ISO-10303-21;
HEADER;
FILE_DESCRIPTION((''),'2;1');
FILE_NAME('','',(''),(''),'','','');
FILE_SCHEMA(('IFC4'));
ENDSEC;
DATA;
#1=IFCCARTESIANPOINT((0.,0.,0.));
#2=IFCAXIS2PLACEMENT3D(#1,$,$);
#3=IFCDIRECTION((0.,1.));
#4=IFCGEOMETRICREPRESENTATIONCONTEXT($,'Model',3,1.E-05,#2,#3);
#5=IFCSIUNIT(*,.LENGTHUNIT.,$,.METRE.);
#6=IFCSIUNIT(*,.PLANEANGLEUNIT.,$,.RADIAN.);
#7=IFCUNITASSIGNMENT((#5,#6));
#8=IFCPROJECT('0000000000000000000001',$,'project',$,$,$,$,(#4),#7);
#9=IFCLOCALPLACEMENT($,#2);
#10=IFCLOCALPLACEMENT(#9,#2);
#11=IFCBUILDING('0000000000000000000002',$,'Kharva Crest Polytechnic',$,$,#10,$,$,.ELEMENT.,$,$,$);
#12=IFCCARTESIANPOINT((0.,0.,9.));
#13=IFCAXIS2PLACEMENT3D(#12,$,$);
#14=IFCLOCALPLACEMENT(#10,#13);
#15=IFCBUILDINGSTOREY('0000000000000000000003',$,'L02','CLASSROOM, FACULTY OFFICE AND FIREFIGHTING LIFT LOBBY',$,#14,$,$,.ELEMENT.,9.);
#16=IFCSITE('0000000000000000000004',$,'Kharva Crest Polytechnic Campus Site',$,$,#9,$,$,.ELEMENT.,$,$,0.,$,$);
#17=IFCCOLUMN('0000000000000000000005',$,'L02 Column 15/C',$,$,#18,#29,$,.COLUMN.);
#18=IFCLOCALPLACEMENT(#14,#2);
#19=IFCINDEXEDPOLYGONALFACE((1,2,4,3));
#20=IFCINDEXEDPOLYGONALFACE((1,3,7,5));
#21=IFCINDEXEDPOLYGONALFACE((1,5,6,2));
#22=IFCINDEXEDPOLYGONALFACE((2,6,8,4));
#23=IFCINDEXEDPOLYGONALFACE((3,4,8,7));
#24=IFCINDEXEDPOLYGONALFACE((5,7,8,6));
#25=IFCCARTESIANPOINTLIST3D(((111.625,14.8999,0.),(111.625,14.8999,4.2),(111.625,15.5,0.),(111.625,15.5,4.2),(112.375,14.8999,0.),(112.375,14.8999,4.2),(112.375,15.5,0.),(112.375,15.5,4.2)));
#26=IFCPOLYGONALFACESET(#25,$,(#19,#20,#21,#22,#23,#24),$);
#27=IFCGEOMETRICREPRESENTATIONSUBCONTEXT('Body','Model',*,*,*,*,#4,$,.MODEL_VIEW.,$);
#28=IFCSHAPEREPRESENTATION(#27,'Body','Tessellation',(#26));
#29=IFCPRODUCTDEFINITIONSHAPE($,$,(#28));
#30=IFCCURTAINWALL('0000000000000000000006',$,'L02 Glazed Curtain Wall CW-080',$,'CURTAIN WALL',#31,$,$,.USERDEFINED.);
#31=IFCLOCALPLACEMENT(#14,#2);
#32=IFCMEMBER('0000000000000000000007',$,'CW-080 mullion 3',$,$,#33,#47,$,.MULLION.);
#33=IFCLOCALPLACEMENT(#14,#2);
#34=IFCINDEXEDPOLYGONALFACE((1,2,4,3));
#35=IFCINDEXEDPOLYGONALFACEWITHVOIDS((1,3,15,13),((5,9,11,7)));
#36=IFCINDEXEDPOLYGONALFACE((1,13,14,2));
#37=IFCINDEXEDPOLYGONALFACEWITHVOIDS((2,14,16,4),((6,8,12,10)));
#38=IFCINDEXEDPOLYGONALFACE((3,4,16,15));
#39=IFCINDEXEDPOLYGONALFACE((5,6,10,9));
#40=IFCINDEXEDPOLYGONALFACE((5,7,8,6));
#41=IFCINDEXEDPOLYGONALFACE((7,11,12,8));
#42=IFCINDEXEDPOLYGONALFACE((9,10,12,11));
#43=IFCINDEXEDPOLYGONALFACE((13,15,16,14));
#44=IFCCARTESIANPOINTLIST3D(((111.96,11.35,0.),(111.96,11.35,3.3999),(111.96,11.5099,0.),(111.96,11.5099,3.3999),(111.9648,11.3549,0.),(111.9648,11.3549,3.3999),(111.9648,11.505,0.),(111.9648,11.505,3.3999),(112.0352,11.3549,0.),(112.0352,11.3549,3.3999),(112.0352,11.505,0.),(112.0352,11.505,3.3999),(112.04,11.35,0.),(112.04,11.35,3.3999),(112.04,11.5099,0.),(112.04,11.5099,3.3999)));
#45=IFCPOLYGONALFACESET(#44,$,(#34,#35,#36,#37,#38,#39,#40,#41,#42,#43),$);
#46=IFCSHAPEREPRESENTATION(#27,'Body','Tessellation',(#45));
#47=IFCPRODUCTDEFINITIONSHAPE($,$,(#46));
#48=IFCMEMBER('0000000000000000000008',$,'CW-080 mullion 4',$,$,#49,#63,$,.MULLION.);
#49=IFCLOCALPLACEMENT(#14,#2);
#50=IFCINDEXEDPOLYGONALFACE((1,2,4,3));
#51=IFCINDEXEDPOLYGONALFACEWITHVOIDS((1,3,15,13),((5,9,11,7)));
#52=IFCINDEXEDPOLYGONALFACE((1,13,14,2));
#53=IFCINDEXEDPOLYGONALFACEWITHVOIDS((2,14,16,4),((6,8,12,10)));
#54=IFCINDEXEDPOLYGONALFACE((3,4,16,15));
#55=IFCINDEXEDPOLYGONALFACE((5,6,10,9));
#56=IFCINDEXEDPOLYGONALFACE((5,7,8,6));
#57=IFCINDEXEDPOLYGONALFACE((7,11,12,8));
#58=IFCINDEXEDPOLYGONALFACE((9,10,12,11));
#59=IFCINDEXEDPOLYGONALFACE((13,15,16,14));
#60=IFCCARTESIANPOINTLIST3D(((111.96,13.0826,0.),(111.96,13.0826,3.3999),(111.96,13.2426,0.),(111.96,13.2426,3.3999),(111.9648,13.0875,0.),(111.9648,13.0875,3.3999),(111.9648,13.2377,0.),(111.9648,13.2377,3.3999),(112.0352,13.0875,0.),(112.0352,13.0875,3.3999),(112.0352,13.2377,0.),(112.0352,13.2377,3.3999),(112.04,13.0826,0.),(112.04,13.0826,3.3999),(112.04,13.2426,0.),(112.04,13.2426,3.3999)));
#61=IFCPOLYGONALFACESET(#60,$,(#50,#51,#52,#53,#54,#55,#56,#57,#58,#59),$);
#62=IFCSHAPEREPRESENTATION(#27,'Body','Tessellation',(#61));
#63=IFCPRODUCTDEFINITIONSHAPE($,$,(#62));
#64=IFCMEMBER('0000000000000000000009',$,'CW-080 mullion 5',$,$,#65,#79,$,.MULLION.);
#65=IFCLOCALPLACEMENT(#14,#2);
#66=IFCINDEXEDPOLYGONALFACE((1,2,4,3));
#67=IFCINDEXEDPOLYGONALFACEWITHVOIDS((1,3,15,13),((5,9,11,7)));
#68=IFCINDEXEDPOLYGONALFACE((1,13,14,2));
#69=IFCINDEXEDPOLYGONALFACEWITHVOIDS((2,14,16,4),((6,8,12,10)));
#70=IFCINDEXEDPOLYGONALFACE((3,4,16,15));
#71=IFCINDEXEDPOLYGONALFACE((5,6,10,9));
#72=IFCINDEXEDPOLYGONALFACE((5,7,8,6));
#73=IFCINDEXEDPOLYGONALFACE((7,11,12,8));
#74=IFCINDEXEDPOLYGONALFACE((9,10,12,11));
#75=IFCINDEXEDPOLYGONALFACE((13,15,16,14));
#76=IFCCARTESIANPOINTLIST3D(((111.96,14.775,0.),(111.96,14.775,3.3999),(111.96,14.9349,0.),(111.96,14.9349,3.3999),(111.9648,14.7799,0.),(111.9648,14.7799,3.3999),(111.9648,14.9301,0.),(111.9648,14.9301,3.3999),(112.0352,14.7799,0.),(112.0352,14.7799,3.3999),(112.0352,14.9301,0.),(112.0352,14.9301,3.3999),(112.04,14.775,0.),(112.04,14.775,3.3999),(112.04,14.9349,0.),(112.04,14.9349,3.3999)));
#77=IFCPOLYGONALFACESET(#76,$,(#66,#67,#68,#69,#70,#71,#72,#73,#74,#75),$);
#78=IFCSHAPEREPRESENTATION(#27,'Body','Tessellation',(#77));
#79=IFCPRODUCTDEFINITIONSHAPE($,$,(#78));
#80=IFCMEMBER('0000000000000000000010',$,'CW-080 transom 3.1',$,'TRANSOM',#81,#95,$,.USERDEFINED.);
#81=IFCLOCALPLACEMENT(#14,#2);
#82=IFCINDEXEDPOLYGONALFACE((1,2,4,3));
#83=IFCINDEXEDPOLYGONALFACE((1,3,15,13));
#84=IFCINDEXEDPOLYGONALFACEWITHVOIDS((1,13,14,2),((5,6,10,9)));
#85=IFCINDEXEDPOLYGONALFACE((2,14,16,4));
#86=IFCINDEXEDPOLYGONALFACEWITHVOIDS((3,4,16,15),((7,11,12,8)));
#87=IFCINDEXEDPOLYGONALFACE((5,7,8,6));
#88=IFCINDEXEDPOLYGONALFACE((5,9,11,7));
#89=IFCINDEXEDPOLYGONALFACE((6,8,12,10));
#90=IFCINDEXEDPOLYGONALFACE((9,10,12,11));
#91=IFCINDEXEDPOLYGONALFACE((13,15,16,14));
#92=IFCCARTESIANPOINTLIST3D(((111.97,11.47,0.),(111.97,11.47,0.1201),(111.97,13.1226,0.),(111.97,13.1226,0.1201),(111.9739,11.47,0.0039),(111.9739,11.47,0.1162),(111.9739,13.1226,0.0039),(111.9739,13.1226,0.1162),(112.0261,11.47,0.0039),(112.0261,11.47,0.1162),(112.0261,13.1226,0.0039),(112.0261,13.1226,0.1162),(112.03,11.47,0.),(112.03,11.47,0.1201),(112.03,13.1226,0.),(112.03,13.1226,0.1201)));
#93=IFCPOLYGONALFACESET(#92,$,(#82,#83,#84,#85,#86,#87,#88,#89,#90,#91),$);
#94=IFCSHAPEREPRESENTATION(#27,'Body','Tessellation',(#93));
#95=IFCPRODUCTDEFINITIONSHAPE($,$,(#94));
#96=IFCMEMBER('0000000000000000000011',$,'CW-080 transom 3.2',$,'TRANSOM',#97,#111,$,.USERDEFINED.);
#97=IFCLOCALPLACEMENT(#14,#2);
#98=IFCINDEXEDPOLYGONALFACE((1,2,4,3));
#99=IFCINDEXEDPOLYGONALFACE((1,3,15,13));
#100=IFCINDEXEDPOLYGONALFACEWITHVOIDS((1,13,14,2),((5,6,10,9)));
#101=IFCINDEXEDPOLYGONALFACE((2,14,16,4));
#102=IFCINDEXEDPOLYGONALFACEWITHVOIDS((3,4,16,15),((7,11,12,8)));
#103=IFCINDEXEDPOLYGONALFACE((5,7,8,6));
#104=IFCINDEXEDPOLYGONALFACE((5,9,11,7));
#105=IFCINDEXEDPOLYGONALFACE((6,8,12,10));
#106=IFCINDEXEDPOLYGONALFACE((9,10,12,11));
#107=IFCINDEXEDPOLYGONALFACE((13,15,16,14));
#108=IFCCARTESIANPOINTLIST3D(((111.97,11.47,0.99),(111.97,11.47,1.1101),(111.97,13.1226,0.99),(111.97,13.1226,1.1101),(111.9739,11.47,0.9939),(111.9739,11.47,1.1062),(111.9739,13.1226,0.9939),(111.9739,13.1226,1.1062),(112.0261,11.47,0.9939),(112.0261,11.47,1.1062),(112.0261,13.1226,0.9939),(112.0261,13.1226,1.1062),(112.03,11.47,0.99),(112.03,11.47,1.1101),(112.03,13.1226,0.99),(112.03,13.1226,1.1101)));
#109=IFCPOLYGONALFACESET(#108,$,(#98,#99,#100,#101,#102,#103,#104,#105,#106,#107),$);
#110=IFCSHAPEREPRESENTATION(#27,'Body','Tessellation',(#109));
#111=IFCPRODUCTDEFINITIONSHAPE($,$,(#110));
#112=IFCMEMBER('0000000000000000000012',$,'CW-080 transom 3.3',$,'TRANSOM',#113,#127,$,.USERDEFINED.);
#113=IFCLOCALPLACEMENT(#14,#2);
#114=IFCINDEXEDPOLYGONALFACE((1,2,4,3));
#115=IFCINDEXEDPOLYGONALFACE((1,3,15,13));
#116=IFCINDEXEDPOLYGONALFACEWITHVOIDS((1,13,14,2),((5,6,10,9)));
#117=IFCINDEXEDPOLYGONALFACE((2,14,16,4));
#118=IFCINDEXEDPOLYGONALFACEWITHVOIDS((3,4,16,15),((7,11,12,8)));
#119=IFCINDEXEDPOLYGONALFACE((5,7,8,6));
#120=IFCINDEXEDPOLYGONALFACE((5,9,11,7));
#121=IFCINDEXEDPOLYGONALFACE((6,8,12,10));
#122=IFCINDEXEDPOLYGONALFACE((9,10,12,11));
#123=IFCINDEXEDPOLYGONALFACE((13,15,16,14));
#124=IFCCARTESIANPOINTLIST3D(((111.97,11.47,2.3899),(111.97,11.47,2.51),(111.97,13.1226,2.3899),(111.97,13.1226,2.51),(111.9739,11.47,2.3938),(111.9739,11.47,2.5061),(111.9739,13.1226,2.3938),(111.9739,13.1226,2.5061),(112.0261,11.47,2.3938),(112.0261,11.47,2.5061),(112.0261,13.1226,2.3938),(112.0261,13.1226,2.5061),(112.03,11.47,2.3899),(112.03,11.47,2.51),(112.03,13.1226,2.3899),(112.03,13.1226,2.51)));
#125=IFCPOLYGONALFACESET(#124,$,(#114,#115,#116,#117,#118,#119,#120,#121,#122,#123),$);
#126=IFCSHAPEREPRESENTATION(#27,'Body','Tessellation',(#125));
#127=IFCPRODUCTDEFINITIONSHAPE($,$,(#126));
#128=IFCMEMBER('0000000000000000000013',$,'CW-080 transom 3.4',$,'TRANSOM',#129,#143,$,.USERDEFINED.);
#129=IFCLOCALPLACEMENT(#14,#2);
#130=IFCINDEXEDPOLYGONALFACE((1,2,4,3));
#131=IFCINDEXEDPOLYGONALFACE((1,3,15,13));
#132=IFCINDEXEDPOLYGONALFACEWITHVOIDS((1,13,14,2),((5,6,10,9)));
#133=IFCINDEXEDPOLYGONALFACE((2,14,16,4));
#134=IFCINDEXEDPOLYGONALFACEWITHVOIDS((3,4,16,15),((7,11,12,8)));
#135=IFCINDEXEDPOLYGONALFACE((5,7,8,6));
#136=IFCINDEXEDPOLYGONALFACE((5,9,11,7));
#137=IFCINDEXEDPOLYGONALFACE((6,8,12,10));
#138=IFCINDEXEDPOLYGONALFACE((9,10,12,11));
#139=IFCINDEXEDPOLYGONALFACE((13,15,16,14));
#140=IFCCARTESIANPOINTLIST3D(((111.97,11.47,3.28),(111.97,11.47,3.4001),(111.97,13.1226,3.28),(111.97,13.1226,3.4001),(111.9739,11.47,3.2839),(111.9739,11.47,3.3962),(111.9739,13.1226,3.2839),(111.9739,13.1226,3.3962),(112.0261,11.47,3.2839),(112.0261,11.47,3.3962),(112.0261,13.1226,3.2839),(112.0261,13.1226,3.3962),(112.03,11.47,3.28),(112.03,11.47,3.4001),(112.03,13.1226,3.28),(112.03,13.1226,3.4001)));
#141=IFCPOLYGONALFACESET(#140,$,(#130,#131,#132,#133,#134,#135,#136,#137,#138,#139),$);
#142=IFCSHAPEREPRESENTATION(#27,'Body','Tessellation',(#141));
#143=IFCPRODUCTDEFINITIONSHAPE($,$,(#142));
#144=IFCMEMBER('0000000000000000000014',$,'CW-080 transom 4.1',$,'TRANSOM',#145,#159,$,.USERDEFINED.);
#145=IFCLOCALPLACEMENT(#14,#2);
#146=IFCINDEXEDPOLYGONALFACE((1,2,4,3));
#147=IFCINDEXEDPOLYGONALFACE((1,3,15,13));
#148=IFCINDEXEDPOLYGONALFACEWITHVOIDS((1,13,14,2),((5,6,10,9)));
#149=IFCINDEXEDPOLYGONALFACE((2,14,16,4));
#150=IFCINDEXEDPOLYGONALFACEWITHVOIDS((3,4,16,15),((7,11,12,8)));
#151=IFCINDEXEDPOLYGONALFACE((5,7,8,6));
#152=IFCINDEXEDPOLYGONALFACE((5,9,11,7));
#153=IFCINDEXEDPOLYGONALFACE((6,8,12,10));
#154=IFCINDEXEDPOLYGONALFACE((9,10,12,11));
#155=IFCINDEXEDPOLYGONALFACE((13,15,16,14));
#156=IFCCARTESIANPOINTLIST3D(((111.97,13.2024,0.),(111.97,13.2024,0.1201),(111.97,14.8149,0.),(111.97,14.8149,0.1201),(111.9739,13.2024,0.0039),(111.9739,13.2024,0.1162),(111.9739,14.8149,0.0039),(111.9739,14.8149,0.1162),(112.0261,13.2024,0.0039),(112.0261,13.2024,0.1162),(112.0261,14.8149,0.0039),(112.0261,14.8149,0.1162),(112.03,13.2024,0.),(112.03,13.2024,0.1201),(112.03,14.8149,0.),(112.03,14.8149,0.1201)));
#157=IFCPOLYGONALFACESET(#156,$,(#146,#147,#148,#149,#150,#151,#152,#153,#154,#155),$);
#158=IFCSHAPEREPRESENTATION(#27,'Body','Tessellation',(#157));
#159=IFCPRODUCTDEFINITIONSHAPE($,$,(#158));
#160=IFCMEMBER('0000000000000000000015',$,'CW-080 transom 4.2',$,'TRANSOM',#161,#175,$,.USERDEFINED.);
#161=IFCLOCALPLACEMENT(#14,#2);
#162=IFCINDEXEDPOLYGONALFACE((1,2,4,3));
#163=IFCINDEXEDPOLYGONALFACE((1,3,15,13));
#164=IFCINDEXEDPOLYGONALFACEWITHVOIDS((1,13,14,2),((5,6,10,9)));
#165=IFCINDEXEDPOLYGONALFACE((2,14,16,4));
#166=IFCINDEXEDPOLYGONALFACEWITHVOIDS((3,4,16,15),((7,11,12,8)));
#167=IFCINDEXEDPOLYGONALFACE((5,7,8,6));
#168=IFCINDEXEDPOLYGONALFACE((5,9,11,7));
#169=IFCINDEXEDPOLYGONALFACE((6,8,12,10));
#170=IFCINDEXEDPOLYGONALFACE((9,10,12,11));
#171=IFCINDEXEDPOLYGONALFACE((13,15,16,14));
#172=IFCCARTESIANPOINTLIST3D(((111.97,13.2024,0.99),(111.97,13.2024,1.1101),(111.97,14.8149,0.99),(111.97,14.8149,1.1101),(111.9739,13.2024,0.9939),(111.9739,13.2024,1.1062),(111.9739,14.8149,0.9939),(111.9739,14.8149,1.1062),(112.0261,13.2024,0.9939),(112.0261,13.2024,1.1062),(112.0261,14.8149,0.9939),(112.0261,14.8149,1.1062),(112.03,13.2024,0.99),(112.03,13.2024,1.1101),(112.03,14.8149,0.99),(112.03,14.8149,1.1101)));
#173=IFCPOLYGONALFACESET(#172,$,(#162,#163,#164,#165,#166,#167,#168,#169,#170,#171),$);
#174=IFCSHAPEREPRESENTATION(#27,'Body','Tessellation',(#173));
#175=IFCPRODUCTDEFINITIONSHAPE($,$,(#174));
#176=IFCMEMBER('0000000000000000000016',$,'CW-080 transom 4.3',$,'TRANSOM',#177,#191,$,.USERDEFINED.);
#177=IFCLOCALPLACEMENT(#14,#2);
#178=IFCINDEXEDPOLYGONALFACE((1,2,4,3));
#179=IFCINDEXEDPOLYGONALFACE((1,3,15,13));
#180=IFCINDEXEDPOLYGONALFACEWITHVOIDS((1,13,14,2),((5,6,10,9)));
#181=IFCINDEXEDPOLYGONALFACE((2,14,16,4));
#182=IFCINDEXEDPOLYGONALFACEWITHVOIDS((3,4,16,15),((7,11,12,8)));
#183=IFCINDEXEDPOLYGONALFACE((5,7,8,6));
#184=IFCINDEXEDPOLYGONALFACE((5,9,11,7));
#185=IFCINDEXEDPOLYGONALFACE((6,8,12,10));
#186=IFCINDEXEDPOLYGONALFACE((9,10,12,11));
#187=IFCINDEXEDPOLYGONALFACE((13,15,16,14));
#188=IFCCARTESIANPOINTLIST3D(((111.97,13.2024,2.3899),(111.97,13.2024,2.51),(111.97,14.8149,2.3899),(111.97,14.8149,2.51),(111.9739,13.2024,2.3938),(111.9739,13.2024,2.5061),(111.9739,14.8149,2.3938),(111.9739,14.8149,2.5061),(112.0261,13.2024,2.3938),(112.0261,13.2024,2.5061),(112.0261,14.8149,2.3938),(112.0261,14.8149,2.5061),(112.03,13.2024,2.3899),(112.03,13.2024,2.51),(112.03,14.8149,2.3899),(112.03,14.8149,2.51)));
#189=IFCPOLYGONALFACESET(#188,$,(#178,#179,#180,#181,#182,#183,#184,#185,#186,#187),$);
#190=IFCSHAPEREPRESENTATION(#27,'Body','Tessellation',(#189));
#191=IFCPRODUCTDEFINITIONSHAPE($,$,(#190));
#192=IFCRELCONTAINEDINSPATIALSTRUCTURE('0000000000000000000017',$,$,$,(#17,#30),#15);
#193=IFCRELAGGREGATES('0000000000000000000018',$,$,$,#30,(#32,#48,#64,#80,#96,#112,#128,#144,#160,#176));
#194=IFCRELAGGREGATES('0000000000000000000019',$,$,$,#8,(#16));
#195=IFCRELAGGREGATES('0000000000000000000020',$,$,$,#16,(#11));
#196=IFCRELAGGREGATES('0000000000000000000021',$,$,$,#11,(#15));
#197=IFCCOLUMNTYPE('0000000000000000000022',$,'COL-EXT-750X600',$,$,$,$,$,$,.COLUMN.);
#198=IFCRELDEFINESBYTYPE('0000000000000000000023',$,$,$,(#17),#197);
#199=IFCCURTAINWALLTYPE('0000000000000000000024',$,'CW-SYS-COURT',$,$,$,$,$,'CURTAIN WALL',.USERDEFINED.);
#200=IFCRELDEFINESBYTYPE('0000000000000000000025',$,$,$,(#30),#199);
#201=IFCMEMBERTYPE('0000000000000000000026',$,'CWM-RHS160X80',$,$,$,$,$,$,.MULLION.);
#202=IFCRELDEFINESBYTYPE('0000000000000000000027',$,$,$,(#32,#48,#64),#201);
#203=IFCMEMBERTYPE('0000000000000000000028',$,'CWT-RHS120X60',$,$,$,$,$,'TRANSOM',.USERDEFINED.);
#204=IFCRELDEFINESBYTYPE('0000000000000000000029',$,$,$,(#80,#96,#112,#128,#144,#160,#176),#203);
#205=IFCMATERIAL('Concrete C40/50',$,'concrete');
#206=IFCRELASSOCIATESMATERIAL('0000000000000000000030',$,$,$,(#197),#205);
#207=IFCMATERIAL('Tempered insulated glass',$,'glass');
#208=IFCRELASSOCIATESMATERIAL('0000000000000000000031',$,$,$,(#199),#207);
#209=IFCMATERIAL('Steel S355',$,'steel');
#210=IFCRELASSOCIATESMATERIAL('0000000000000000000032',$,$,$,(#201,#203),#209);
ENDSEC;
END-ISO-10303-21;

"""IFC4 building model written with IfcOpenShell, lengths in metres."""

from ifc_helpers import new_model, si_unit, direction, frame, origin, origin_2d, place, context, subcontext, project, spatial, rectangle, hollow_rectangle, extrude, material, material_profile, profile_set, type_object, element, aggregate, save


model = new_model("IFC4")

# Units and contexts
model_context = context("Model", 3, precision=1e-05, world=origin(), true_north=direction((0.0, 1.0)))
body_context = subcontext(model_context, "Body", "Model", "MODEL_VIEW")
ifc_project = project(units=[si_unit("LENGTHUNIT", "METRE"), si_unit("PLANEANGLEUNIT", "RADIAN")], contexts=[model_context])

# Site, building, storey
site_placement = place(None, origin())
site = spatial("IfcSite", under=ifc_project, at=site_placement, Name="Kharva Crest Polytechnic Campus Site", CompositionType="ELEMENT", RefElevation=0.0)
building_placement = place(site_placement, origin())
building = spatial("IfcBuilding", under=site, at=building_placement, Name="Kharva Crest Polytechnic", CompositionType="ELEMENT")
storey_placement = place(building_placement, frame((0.0, 0.0, 9.0)))
storey = spatial("IfcBuildingStorey", under=building, at=storey_placement, Name="L02", Description="CLASSROOM, FACULTY OFFICE AND FIREFIGHTING LIFT LOBBY", CompositionType="ELEMENT", Elevation=9.0)

# Column
ifc_material_1 = material(Name="Concrete C40/50", Category="concrete")
ifc_material_profile_1 = material_profile(ifc_material_1, rectangle(XDim=0.75, YDim=0.6001, at=origin_2d()), Name="RECT 750 X 600")
ifc_profile_set_1 = profile_set([ifc_material_profile_1], Name="Concrete C40/50")
column_type = type_object("IfcColumnType", Name="COL-EXT-750X600", PredefinedType="COLUMN", material=ifc_profile_set_1)
column_placement = place(storey_placement, frame((112.0, 15.2, 0.0), z_axis=(0.0, 0.0, 1.0), x_axis=(1.0, 0.0, 0.0)))
element("IfcColumn", 1, at=column_placement, inside=storey, type_object=column_type, Name="L02 Column 15/C", PredefinedType="COLUMN", context=body_context, shape_type="SweptSolid", body=[
    extrude(rectangle(XDim=0.75, YDim=0.6001, at=origin_2d()), origin(), (0.0, 0.0, 1.0), 4.2),
])

# Curtain wall, members
ifc_material_2 = material(Name="Tempered insulated glass", Category="glass")
curtain_wall_type = type_object("IfcCurtainWallType", Name="CW-SYS-COURT", ElementType="CURTAIN WALL", PredefinedType="USERDEFINED", material=ifc_material_2)
curtain_wall_placement = place(storey_placement, origin())
curtain_wall = element("IfcCurtainWall", 2, at=curtain_wall_placement, inside=storey, type_object=curtain_wall_type, Name="L02 Glazed Curtain Wall CW-080", ObjectType="CURTAIN WALL", PredefinedType="USERDEFINED")
ifc_material_3 = material(Name="Steel S355", Category="steel")
ifc_material_profile_2 = material_profile(ifc_material_3, hollow_rectangle(XDim=0.0801, YDim=0.1599, WallThickness=0.0049, at=origin_2d()), Name="RHS 160X80X5.0")
ifc_profile_set_2 = profile_set([ifc_material_profile_2], Name="Steel S355")
member_type_1 = type_object("IfcMemberType", Name="CWM-RHS160X80", PredefinedType="MULLION", material=ifc_profile_set_2)
member_1_placement = place(storey_placement, frame((112.0, 11.4299, 0.0), z_axis=(0.0, 0.0, 1.0), x_axis=(-1.0, 0.0, 0.0)))
member_1 = element("IfcMember", 3, at=member_1_placement, type_object=member_type_1, Name="CW-080 mullion 3", PredefinedType="MULLION", context=body_context, shape_type="SweptSolid", body=[
    extrude(hollow_rectangle(XDim=0.0801, YDim=0.1599, WallThickness=0.0049, at=origin_2d()), origin(), (0.0, 0.0, 1.0), 3.3999),
])
member_2_placement = place(storey_placement, frame((112.0, 13.1626, 0.0), z_axis=(0.0, 0.0, 1.0), x_axis=(-1.0, 0.0, 0.0)))
member_2 = element("IfcMember", 4, at=member_2_placement, type_object=member_type_1, Name="CW-080 mullion 4", PredefinedType="MULLION", context=body_context, shape_type="SweptSolid", body=[
    extrude(hollow_rectangle(XDim=0.0801, YDim=0.1599, WallThickness=0.0049, at=origin_2d()), origin(), (0.0, 0.0, 1.0), 3.3999),
])
member_3_placement = place(storey_placement, frame((112.0, 14.855, 0.0), z_axis=(0.0, 0.0, 1.0), x_axis=(-1.0, 0.0, 0.0)))
member_3 = element("IfcMember", 5, at=member_3_placement, type_object=member_type_1, Name="CW-080 mullion 5", PredefinedType="MULLION", context=body_context, shape_type="SweptSolid", body=[
    extrude(hollow_rectangle(XDim=0.0801, YDim=0.1599, WallThickness=0.0049, at=origin_2d()), origin(), (0.0, 0.0, 1.0), 3.3999),
])
ifc_material_profile_3 = material_profile(ifc_material_3, hollow_rectangle(XDim=0.0601, YDim=0.1201, WallThickness=0.0039, at=origin_2d()), Name="RHS 120X60X4.0")
ifc_profile_set_3 = profile_set([ifc_material_profile_3], Name="Steel S355")
member_type_2 = type_object("IfcMemberType", Name="CWT-RHS120X60", ElementType="TRANSOM", PredefinedType="USERDEFINED", material=ifc_profile_set_3)
member_4_placement = place(storey_placement, frame((112.0, 11.47, 0.0601), z_axis=(0.0, 1.0, 0.0), x_axis=(-1.0, 0.0, 0.0)))
member_4 = element("IfcMember", 6, at=member_4_placement, type_object=member_type_2, Name="CW-080 transom 3.1", ObjectType="TRANSOM", PredefinedType="USERDEFINED", context=body_context, shape_type="SweptSolid", body=[
    extrude(hollow_rectangle(XDim=0.0601, YDim=0.1201, WallThickness=0.0039, at=origin_2d()), origin(), (0.0, 0.0, 1.0), 1.6526),
])
member_5_placement = place(storey_placement, frame((112.0, 11.47, 1.05), z_axis=(0.0, 1.0, 0.0), x_axis=(-1.0, 0.0, 0.0)))
member_5 = element("IfcMember", 7, at=member_5_placement, type_object=member_type_2, Name="CW-080 transom 3.2", ObjectType="TRANSOM", PredefinedType="USERDEFINED", context=body_context, shape_type="SweptSolid", body=[
    extrude(hollow_rectangle(XDim=0.0601, YDim=0.1201, WallThickness=0.0039, at=origin_2d()), origin(), (0.0, 0.0, 1.0), 1.6526),
])
member_6_placement = place(storey_placement, frame((112.0, 11.47, 2.45), z_axis=(0.0, 1.0, 0.0), x_axis=(-1.0, 0.0, 0.0)))
member_6 = element("IfcMember", 8, at=member_6_placement, type_object=member_type_2, Name="CW-080 transom 3.3", ObjectType="TRANSOM", PredefinedType="USERDEFINED", context=body_context, shape_type="SweptSolid", body=[
    extrude(hollow_rectangle(XDim=0.0601, YDim=0.1201, WallThickness=0.0039, at=origin_2d()), origin(), (0.0, 0.0, 1.0), 1.6526),
])
member_7_placement = place(storey_placement, frame((112.0, 11.47, 3.3401), z_axis=(0.0, 1.0, 0.0), x_axis=(-1.0, 0.0, 0.0)))
member_7 = element("IfcMember", 9, at=member_7_placement, type_object=member_type_2, Name="CW-080 transom 3.4", ObjectType="TRANSOM", PredefinedType="USERDEFINED", context=body_context, shape_type="SweptSolid", body=[
    extrude(hollow_rectangle(XDim=0.0601, YDim=0.1201, WallThickness=0.0039, at=origin_2d()), origin(), (0.0, 0.0, 1.0), 1.6526),
])
member_8_placement = place(storey_placement, frame((112.0, 13.2024, 0.0601), z_axis=(0.0, 1.0, 0.0), x_axis=(-1.0, 0.0, 0.0)))
member_8 = element("IfcMember", 10, at=member_8_placement, type_object=member_type_2, Name="CW-080 transom 4.1", ObjectType="TRANSOM", PredefinedType="USERDEFINED", context=body_context, shape_type="SweptSolid", body=[
    extrude(hollow_rectangle(XDim=0.0601, YDim=0.1201, WallThickness=0.0039, at=origin_2d()), origin(), (0.0, 0.0, 1.0), 1.6125),
])
member_9_placement = place(storey_placement, frame((112.0, 13.2024, 1.05), z_axis=(0.0, 1.0, 0.0), x_axis=(-1.0, 0.0, 0.0)))
member_9 = element("IfcMember", 11, at=member_9_placement, type_object=member_type_2, Name="CW-080 transom 4.2", ObjectType="TRANSOM", PredefinedType="USERDEFINED", context=body_context, shape_type="SweptSolid", body=[
    extrude(hollow_rectangle(XDim=0.0601, YDim=0.1201, WallThickness=0.0039, at=origin_2d()), origin(), (0.0, 0.0, 1.0), 1.6125),
])
member_10_placement = place(storey_placement, frame((112.0, 13.2024, 2.45), z_axis=(0.0, 1.0, 0.0), x_axis=(-1.0, 0.0, 0.0)))
member_10 = element("IfcMember", 12, at=member_10_placement, type_object=member_type_2, Name="CW-080 transom 4.3", ObjectType="TRANSOM", PredefinedType="USERDEFINED", context=body_context, shape_type="SweptSolid", body=[
    extrude(hollow_rectangle(XDim=0.0601, YDim=0.1201, WallThickness=0.0039, at=origin_2d()), origin(), (0.0, 0.0, 1.0), 1.6125),
])
aggregate(curtain_wall, [member_1, member_2, member_3, member_4, member_5, member_6, member_7, member_8, member_9, member_10])

save(model, "model.ifc")
